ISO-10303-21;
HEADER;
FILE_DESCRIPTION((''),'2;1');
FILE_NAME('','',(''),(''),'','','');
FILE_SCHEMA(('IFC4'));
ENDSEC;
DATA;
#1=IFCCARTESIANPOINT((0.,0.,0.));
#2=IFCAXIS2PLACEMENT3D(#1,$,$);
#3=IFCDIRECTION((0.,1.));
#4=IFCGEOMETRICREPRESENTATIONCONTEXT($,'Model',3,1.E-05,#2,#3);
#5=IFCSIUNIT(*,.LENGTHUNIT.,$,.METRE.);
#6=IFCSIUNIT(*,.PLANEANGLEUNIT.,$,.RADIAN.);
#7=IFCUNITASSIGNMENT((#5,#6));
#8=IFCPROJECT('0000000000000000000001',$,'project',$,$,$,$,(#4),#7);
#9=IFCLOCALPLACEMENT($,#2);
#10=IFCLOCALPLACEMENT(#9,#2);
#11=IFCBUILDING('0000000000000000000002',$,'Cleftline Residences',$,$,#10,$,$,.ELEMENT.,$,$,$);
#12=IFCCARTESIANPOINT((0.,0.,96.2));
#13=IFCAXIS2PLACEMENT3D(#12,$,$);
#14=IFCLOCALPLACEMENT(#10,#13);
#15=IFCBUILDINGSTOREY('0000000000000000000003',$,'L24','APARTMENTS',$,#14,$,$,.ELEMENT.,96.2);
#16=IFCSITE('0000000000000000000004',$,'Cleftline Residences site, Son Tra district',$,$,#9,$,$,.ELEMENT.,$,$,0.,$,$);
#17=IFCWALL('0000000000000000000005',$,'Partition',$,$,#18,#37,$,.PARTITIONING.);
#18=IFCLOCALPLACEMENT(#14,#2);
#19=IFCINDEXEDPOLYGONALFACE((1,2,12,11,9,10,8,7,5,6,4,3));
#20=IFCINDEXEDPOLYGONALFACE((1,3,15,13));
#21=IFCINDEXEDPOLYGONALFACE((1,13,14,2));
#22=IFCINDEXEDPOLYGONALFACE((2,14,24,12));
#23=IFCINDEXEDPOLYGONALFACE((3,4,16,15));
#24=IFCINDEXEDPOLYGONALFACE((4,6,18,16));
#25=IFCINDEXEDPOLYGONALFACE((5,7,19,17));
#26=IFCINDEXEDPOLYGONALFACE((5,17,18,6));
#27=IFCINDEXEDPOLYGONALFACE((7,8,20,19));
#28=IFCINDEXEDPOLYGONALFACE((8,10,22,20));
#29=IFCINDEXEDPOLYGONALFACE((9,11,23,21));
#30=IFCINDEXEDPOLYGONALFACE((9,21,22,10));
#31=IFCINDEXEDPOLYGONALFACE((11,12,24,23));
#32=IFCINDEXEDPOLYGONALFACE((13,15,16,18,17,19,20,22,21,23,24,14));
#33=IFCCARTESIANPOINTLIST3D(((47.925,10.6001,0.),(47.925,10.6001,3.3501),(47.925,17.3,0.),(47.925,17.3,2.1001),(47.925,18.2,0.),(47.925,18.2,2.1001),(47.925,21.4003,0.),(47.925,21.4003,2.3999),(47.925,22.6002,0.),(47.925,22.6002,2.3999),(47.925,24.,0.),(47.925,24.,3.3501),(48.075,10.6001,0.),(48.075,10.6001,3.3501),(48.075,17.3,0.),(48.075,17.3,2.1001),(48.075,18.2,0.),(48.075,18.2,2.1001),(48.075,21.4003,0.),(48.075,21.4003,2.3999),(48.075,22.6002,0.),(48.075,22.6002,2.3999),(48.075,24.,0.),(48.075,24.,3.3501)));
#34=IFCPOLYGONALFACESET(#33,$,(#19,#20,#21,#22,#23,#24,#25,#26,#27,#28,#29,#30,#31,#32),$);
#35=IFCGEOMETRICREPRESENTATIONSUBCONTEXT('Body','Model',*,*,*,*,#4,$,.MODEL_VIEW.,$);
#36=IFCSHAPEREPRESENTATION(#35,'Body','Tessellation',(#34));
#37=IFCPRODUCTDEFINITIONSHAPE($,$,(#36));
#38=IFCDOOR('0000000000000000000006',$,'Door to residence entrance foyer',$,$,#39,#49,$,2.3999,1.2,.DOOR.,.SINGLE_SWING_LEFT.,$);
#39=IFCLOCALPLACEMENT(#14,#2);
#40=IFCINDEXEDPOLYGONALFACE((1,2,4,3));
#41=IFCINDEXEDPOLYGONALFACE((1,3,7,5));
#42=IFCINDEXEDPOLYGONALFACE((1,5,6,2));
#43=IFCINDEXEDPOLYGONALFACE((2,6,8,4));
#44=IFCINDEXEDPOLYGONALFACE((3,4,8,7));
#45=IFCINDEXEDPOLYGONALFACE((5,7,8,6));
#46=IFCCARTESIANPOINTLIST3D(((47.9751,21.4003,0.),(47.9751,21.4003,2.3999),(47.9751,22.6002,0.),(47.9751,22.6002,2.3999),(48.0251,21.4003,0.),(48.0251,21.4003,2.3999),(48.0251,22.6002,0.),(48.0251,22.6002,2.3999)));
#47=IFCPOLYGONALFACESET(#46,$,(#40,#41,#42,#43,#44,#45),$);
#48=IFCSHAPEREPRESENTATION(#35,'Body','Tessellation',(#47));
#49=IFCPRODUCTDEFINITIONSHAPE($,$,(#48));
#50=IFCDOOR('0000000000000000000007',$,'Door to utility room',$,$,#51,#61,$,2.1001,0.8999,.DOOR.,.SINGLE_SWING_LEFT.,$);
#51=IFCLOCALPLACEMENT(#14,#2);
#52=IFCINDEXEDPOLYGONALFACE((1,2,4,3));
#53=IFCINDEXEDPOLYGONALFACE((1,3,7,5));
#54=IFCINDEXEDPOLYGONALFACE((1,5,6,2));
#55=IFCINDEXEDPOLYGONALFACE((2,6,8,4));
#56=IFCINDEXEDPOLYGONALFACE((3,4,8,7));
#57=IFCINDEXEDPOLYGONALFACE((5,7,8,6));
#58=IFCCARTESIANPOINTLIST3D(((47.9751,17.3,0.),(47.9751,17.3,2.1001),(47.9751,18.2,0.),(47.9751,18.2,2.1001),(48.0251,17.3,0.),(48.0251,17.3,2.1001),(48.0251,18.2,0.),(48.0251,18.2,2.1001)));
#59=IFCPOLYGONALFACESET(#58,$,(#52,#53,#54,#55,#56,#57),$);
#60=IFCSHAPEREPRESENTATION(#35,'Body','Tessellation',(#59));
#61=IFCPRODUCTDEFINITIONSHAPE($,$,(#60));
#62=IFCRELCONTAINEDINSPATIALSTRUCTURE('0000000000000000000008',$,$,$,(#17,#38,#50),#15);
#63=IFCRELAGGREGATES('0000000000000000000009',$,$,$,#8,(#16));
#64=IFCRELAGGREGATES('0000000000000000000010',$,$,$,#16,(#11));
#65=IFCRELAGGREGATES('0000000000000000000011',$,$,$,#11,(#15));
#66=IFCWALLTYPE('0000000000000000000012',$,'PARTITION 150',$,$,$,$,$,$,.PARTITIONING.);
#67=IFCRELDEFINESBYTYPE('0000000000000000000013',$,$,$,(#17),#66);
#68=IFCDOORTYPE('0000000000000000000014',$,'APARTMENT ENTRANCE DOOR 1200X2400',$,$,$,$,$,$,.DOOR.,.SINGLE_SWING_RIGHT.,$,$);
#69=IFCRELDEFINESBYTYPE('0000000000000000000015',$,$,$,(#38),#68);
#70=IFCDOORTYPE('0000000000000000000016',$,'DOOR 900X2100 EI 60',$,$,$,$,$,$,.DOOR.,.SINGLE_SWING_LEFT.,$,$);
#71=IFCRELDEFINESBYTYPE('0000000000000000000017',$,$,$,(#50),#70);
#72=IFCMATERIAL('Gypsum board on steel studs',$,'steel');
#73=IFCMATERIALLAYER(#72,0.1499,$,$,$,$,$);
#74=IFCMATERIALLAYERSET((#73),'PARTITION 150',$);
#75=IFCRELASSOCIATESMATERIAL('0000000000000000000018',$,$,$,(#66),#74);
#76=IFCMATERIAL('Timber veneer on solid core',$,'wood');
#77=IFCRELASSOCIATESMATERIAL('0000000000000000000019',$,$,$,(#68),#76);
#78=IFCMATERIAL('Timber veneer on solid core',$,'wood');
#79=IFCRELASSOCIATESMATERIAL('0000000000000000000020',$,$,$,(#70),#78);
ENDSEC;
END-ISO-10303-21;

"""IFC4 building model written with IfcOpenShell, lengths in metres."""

from ifc_helpers import new_model, si_unit, direction, frame, frame_2d, origin, place, context, subcontext, project, spatial, rectangle, extrude, material, layer, layer_set, type_object, element, fill, save


model = new_model("IFC4")

# Units and contexts
model_context = context("Model", 3, precision=1e-05, world=origin(), true_north=direction((0.0, 1.0)))
body_context = subcontext(model_context, "Body", "Model", "MODEL_VIEW")
ifc_project = project(units=[si_unit("LENGTHUNIT", "METRE"), si_unit("PLANEANGLEUNIT", "RADIAN")], contexts=[model_context])

# Site, building, storey
site_placement = place(None, origin())
site = spatial("IfcSite", under=ifc_project, at=site_placement, Name="Cleftline Residences site, Son Tra district", CompositionType="ELEMENT", RefElevation=0.0)
building_placement = place(site_placement, origin())
building = spatial("IfcBuilding", under=site, at=building_placement, Name="Cleftline Residences", CompositionType="ELEMENT")
storey_placement = place(building_placement, frame((0.0, 0.0, 96.2)))
storey = spatial("IfcBuildingStorey", under=building, at=storey_placement, Name="L24", Description="APARTMENTS", CompositionType="ELEMENT", Elevation=96.2)

# Shared definitions
ifc_material_1 = material(Name="Gypsum board on steel studs", Category="steel")
ifc_layer_1 = layer(ifc_material_1, 0.1499)
ifc_layer_set_1 = layer_set([ifc_layer_1], Name="PARTITION 150")
wall_type = type_object("IfcWallType", Name="PARTITION 150", PredefinedType="PARTITIONING", material=ifc_layer_set_1)

# Wall, openings, doors
wall_1_placement = place(storey_placement, frame((48.0, 10.6001, 0.0), z_axis=(0.0, 0.0, 1.0), x_axis=(0.0, 1.0, 0.0)))
wall_1 = element("IfcWall", 1, at=wall_1_placement, inside=storey, type_object=wall_type, Name="Partition", PredefinedType="PARTITIONING", context=body_context, shape_type="SweptSolid", body=[
    extrude(rectangle(XDim=13.3999, YDim=0.1499, at=frame_2d((6.7, 0.0))), origin(), (0.0, 0.0, 1.0), 3.3501),
])
opening_1_placement = place(wall_1_placement, frame((10.8, 0.0, 0.0)))
opening_1 = element("IfcOpeningElement", 2, at=opening_1_placement, cuts=wall_1, PredefinedType="OPENING", context=body_context, shape_type="SweptSolid", body=[
    extrude(rectangle(XDim=1.2, YDim=2.3999, at=frame_2d((0.6001, 1.2))), frame((0.0, 0.085, 0.0), z_axis=(0.0, -1.0, 0.0), x_axis=(1.0, 0.0, 0.0)), (0.0, 0.0, 1.0), 0.1699),
])
opening_2_placement = place(wall_1_placement, frame((6.7, 0.0, 0.0)))
opening_2 = element("IfcOpeningElement", 3, at=opening_2_placement, cuts=wall_1, PredefinedType="OPENING", context=body_context, shape_type="SweptSolid", body=[
    extrude(rectangle(XDim=0.8999, YDim=2.1001, at=frame_2d((0.45, 1.05))), frame((0.0, 0.085, 0.0), z_axis=(0.0, -1.0, 0.0), x_axis=(1.0, 0.0, 0.0)), (0.0, 0.0, 1.0), 0.1699),
])
ifc_material_2 = material(Name="Timber veneer on solid core", Category="wood")
door_type_1 = type_object("IfcDoorType", Name="APARTMENT ENTRANCE DOOR 1200X2400", OperationType="SINGLE_SWING_RIGHT", PredefinedType="DOOR", material=ifc_material_2)
door_1_placement = place(opening_1_placement, origin())
door_1 = element("IfcDoor", 4, at=door_1_placement, inside=storey, type_object=door_type_1, Name="Door to residence entrance foyer", OperationType="SINGLE_SWING_LEFT", OverallHeight=2.3999, OverallWidth=1.2, PredefinedType="DOOR", context=body_context, shape_type="SweptSolid", body=[
    extrude(rectangle(XDim=1.2, YDim=2.3999, at=frame_2d((0.6001, 1.2))), frame((0.0, 0.0249, 0.0), z_axis=(0.0, -1.0, 0.0), x_axis=(1.0, 0.0, 0.0)), (0.0, 0.0, 1.0), 0.05),
])
fill(opening_1, door_1)
ifc_material_3 = material(Name="Timber veneer on solid core", Category="wood")
door_type_2 = type_object("IfcDoorType", Name="DOOR 900X2100 EI 60", OperationType="SINGLE_SWING_LEFT", PredefinedType="DOOR", material=ifc_material_3)
door_2_placement = place(opening_2_placement, origin())
door_2 = element("IfcDoor", 5, at=door_2_placement, inside=storey, type_object=door_type_2, Name="Door to utility room", OperationType="SINGLE_SWING_LEFT", OverallHeight=2.1001, OverallWidth=0.8999, PredefinedType="DOOR", context=body_context, shape_type="SweptSolid", body=[
    extrude(rectangle(XDim=0.8999, YDim=2.1001, at=frame_2d((0.45, 1.05))), frame((0.0, 0.0249, 0.0), z_axis=(0.0, -1.0, 0.0), x_axis=(1.0, 0.0, 0.0)), (0.0, 0.0, 1.0), 0.05),
])
fill(opening_2, door_2)

save(model, "model.ifc")
